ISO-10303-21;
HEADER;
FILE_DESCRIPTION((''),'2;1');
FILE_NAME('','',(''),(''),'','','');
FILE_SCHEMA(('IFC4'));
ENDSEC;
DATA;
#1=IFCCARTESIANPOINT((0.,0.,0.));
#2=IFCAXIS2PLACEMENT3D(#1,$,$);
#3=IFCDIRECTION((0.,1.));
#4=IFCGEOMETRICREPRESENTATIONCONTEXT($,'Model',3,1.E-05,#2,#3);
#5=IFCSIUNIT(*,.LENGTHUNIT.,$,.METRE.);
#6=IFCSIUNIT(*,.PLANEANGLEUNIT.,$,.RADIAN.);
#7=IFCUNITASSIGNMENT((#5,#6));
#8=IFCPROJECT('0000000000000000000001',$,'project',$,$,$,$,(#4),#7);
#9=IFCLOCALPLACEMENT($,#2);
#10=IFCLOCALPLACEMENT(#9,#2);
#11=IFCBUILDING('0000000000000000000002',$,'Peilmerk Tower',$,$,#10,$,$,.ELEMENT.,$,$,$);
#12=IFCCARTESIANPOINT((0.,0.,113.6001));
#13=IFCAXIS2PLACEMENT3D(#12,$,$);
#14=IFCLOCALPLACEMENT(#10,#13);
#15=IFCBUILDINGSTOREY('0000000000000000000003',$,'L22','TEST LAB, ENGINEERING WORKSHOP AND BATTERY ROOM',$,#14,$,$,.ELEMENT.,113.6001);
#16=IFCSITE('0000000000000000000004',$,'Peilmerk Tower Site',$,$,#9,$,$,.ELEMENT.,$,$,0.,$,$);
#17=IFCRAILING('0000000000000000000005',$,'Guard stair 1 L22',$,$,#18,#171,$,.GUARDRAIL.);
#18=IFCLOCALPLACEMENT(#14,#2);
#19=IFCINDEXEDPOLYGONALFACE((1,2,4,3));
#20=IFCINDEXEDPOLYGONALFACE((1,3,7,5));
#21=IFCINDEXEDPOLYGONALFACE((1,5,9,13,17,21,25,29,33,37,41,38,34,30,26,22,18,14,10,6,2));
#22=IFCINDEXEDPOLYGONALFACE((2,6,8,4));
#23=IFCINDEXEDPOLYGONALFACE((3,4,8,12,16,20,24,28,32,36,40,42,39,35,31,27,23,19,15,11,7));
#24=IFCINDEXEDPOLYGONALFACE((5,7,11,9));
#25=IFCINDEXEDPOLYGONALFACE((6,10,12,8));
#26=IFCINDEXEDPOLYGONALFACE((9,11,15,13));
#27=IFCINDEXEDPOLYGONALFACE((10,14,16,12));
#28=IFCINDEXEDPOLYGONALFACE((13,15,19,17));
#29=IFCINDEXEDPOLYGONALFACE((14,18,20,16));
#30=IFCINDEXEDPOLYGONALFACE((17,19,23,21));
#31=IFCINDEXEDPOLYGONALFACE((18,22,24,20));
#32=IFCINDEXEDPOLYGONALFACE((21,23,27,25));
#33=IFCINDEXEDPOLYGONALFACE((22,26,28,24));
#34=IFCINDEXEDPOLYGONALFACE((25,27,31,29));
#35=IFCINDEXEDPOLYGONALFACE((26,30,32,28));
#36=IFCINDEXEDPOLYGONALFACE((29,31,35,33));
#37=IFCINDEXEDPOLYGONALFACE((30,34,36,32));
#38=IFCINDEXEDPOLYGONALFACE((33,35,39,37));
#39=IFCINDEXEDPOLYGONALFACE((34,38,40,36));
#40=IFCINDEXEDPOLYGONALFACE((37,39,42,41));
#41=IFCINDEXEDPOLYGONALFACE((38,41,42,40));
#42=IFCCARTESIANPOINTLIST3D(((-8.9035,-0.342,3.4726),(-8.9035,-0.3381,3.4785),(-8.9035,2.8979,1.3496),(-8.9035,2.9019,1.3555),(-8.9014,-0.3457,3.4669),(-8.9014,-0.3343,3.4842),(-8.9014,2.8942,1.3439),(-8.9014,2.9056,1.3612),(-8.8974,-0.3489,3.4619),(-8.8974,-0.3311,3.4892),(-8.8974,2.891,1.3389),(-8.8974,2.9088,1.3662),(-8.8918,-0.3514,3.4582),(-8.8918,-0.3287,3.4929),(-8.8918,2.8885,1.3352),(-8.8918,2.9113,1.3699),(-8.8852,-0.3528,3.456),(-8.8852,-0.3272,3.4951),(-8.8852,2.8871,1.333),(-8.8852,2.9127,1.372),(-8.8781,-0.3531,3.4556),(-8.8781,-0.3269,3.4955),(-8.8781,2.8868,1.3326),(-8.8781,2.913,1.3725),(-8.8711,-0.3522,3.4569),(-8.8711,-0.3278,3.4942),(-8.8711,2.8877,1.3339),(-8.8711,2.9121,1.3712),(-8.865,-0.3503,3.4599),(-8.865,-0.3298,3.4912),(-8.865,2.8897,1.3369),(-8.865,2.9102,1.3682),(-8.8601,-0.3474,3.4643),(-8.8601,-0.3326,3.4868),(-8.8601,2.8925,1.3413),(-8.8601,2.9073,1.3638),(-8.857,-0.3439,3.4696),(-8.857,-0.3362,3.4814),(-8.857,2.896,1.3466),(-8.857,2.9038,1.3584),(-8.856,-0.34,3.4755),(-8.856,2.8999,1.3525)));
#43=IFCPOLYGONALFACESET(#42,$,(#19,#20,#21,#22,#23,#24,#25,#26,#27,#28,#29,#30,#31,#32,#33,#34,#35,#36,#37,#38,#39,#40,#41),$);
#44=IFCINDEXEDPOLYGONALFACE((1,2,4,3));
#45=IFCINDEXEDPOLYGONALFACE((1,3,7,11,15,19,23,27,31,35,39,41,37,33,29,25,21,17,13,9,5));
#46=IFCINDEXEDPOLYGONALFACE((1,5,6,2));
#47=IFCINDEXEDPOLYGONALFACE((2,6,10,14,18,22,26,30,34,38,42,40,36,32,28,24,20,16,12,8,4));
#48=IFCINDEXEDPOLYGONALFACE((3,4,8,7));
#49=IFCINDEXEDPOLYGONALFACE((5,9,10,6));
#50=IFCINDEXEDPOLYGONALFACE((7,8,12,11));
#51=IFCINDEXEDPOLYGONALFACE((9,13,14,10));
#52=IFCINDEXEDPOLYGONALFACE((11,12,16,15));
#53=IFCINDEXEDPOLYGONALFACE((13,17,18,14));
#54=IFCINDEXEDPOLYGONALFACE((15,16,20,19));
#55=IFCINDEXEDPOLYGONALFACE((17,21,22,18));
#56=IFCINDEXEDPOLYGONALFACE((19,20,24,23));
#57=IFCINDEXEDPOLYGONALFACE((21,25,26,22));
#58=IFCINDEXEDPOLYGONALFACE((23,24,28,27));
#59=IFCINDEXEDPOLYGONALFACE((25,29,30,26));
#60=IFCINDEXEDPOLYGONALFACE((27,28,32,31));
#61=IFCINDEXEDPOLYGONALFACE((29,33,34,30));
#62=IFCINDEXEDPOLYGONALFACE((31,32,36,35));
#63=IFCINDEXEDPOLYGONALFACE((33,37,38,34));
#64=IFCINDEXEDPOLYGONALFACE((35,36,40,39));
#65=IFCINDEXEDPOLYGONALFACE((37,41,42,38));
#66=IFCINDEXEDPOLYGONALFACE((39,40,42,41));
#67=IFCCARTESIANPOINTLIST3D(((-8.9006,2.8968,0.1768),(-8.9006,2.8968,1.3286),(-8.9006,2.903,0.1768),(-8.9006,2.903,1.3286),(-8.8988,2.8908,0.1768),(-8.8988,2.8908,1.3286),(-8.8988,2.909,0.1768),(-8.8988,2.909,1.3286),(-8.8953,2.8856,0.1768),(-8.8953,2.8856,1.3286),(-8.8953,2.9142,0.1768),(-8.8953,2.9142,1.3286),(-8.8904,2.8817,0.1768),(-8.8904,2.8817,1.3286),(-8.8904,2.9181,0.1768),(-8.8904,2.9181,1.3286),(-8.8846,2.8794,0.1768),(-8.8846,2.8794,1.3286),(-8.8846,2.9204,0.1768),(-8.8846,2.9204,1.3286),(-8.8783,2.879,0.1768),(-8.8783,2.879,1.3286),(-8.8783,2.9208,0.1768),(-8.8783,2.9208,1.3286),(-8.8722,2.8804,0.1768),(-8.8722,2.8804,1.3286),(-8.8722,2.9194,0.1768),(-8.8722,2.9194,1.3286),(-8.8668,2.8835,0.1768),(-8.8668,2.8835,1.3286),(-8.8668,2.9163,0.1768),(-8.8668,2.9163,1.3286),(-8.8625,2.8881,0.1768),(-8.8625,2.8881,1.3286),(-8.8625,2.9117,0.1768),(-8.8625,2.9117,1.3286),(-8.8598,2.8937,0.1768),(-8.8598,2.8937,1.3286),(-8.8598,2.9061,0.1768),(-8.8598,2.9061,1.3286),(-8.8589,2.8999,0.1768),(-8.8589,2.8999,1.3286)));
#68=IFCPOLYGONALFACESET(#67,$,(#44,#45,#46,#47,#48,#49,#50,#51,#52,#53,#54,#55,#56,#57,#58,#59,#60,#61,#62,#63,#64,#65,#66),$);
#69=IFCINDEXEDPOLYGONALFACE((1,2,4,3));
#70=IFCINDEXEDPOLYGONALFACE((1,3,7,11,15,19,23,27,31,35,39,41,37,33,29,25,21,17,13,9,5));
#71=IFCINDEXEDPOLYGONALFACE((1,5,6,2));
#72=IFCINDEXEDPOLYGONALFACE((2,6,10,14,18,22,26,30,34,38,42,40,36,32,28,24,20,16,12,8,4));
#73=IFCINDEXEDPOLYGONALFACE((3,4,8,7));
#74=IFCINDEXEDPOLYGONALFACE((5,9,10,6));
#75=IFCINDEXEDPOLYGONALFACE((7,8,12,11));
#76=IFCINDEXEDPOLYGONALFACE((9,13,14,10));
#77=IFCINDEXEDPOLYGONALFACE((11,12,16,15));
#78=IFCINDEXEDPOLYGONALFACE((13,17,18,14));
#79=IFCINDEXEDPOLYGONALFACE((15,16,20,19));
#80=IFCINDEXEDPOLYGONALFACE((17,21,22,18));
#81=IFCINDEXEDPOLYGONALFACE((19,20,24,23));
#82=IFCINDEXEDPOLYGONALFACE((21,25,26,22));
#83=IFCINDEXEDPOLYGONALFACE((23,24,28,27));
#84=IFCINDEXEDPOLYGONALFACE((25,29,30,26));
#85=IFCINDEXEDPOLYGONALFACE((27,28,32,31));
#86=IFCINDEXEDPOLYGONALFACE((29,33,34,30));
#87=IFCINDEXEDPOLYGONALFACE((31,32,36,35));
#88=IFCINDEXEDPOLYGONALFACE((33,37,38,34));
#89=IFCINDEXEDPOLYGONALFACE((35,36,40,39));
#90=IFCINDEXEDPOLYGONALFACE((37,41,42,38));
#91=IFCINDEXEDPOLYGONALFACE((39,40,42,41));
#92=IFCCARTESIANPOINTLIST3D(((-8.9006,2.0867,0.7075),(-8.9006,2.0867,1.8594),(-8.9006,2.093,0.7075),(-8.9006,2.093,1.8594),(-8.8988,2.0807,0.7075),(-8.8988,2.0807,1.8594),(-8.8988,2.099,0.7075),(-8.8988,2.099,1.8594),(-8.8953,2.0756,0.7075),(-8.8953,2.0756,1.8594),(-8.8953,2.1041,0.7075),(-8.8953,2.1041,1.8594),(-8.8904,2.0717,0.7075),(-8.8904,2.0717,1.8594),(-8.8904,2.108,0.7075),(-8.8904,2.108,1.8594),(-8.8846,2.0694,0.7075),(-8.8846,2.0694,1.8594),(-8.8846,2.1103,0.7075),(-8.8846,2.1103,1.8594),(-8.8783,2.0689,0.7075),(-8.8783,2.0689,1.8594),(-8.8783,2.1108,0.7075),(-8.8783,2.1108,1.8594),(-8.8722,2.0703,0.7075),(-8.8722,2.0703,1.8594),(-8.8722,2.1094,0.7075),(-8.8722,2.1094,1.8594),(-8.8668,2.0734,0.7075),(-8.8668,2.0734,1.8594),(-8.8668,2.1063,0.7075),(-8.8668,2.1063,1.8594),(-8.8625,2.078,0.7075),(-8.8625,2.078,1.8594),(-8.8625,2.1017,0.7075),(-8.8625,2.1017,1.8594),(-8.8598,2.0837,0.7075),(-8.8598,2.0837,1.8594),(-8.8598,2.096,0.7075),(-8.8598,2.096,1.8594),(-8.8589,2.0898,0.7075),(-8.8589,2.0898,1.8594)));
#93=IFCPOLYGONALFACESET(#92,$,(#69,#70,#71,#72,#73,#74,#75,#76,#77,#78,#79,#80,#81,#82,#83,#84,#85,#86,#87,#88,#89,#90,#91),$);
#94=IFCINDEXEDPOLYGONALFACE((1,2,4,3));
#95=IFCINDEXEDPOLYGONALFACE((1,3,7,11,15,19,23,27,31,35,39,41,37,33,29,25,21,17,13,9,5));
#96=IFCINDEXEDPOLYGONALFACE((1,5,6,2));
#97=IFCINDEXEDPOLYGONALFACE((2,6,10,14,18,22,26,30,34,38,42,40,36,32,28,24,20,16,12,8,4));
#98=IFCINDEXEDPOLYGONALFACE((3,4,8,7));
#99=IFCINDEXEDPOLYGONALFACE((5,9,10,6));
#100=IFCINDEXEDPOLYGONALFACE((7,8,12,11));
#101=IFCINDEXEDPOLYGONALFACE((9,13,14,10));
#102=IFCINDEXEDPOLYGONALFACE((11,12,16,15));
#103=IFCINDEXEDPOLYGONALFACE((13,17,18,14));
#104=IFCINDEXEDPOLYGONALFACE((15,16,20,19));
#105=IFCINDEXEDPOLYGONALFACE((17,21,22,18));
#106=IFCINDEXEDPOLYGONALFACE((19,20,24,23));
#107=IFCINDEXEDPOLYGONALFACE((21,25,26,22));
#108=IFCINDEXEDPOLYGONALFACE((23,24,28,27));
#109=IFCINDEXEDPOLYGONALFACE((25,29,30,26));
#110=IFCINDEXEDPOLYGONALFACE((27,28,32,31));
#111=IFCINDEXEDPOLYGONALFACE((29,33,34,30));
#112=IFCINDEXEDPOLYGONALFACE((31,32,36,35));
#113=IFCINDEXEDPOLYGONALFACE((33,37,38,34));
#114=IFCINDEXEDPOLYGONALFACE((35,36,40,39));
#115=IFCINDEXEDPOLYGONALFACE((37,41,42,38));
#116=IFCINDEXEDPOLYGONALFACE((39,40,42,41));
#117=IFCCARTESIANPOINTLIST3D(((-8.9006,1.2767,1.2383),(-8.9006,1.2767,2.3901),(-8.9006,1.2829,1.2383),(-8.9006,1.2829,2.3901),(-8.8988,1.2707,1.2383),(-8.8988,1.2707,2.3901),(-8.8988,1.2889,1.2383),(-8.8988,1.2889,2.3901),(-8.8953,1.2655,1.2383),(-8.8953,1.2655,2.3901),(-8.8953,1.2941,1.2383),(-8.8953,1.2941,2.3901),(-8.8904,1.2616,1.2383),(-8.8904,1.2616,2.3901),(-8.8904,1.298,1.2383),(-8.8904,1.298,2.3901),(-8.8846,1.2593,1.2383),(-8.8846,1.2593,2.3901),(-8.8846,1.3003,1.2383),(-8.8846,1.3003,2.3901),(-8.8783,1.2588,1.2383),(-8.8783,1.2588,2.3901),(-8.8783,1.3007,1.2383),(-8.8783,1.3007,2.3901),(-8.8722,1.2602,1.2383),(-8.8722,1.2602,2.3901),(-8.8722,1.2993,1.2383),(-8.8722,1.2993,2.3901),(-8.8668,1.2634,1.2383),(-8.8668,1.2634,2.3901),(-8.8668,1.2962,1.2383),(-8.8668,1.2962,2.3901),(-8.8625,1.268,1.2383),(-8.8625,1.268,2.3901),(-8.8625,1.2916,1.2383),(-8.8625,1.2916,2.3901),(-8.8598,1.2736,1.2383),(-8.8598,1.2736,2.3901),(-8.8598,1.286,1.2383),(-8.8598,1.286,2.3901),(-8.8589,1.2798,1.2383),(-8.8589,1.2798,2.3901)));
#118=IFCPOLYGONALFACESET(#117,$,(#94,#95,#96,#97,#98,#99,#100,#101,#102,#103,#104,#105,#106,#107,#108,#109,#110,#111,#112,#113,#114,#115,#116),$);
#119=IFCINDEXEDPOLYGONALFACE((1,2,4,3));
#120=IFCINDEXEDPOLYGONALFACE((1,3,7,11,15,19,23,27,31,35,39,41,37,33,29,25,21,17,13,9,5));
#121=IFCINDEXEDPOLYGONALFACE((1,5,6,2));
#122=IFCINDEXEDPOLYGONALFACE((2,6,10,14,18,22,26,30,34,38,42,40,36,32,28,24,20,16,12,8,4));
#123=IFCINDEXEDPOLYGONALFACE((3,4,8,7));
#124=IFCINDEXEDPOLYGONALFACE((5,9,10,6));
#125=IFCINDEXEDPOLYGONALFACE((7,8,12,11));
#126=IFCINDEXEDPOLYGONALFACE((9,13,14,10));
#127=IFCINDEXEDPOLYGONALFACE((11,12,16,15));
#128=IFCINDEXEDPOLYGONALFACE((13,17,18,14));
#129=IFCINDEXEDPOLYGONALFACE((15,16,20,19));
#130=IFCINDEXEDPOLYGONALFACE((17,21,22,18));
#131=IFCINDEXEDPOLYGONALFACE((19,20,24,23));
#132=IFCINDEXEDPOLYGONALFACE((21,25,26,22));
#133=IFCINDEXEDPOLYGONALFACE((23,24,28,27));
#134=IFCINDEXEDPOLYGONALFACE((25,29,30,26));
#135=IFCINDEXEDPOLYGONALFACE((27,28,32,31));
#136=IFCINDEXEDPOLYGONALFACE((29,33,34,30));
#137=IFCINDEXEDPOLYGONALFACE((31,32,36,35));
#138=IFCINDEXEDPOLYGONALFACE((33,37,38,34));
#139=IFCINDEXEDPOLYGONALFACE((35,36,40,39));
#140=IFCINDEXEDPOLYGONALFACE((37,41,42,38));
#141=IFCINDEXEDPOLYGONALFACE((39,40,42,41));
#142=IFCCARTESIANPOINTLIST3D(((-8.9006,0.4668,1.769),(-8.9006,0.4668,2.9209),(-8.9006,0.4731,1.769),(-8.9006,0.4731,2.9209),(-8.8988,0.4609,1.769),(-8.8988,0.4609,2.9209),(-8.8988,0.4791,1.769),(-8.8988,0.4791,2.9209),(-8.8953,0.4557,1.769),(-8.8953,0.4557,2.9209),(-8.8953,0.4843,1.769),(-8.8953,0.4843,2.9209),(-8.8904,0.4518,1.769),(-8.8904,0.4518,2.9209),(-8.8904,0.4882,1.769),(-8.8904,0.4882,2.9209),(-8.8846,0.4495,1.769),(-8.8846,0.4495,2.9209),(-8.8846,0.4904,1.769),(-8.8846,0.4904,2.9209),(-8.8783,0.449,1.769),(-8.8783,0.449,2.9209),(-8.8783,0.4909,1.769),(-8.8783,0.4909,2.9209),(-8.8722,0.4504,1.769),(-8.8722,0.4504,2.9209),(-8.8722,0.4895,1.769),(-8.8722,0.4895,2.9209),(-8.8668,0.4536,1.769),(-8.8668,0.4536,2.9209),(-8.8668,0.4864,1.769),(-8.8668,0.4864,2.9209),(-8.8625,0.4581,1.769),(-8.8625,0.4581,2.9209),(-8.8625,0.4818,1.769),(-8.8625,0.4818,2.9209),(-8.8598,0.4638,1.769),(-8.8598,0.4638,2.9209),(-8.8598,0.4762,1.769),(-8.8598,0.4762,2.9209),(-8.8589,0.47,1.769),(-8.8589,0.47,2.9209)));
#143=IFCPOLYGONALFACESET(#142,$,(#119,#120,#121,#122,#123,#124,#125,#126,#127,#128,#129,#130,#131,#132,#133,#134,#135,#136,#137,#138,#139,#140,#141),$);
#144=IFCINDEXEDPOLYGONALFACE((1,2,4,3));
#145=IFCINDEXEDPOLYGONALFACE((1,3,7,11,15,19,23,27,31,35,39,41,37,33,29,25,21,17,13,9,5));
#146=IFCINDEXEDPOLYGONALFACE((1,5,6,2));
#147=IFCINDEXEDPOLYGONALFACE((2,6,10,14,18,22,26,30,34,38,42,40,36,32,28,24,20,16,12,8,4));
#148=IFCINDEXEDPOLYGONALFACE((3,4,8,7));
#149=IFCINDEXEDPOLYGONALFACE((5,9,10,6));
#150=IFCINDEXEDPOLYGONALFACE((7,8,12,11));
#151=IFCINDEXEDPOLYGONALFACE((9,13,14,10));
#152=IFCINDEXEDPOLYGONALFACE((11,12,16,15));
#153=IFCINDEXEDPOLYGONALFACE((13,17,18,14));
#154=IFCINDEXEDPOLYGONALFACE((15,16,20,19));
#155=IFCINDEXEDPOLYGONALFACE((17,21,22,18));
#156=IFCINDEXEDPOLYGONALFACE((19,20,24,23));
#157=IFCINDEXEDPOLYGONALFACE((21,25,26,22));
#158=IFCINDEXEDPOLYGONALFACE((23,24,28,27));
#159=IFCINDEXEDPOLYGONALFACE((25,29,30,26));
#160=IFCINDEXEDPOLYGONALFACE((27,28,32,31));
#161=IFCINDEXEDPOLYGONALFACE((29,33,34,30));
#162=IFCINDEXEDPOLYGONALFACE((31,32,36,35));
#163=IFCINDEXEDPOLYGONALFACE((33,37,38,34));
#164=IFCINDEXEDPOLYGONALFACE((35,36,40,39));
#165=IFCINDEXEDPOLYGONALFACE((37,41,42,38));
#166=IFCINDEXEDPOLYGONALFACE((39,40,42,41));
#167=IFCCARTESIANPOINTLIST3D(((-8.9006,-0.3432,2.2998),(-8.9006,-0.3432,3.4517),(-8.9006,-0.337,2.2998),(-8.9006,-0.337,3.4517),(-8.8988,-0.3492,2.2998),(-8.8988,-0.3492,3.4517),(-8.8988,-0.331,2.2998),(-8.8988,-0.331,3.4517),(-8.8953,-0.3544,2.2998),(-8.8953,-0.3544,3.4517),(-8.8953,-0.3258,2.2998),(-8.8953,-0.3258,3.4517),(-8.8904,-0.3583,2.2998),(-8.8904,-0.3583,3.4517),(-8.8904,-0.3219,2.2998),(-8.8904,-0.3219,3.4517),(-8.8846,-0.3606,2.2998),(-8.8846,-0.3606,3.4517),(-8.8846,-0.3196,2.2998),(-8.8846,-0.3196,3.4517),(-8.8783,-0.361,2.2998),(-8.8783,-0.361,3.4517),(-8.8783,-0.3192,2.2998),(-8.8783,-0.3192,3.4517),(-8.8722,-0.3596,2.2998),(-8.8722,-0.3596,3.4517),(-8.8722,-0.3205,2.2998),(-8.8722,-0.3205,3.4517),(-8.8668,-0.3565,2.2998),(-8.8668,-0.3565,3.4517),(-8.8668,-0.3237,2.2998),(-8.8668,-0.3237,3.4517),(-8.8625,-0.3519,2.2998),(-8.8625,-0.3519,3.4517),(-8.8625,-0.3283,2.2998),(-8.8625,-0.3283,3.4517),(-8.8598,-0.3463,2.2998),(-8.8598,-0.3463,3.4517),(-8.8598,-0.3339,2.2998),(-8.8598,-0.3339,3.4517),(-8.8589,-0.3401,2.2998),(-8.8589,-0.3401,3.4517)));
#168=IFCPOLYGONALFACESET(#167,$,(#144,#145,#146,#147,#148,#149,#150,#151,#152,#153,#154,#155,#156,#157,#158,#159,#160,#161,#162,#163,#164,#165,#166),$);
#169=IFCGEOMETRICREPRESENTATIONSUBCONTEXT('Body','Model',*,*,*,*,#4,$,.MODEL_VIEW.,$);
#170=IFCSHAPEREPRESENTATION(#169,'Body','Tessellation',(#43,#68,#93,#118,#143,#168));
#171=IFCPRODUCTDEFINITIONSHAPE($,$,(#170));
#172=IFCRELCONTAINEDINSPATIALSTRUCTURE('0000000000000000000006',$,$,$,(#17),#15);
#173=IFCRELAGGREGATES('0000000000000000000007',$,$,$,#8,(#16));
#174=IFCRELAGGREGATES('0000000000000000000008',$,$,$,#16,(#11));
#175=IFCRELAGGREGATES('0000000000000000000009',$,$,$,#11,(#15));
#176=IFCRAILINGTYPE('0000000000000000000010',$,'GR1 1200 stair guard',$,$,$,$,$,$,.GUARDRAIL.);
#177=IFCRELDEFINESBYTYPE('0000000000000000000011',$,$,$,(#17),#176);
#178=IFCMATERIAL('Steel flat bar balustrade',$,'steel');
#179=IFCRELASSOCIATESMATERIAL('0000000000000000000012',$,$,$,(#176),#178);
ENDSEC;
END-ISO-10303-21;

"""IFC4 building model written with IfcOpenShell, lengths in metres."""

from ifc_helpers import new_model, si_unit, direction, frame, origin, origin_2d, place, context, subcontext, project, spatial, circle, extrude, material, type_object, element, save


model = new_model("IFC4")

# Units and contexts
model_context = context("Model", 3, precision=1e-05, world=origin(), true_north=direction((0.0, 1.0)))
body_context = subcontext(model_context, "Body", "Model", "MODEL_VIEW")
ifc_project = project(units=[si_unit("LENGTHUNIT", "METRE"), si_unit("PLANEANGLEUNIT", "RADIAN")], contexts=[model_context])

# Site, building, storey
site_placement = place(None, origin())
site = spatial("IfcSite", under=ifc_project, at=site_placement, Name="Peilmerk Tower Site", CompositionType="ELEMENT", RefElevation=0.0)
building_placement = place(site_placement, origin())
building = spatial("IfcBuilding", under=site, at=building_placement, Name="Peilmerk Tower", CompositionType="ELEMENT")
storey_placement = place(building_placement, frame((0.0, 0.0, 113.6001)))
storey = spatial("IfcBuildingStorey", under=building, at=storey_placement, Name="L22", Description="TEST LAB, ENGINEERING WORKSHOP AND BATTERY ROOM", CompositionType="ELEMENT", Elevation=113.6001)

# Railing
ifc_material_1 = material(Name="Steel flat bar balustrade", Category="steel")
railing_type_1 = type_object("IfcRailingType", Name="GR1 1200 stair guard", PredefinedType="GUARDRAIL", material=ifc_material_1)
railing_1_placement = place(storey_placement, frame((-8.8799, 2.8999, 0.1768)))
element("IfcRailing", 1, at=railing_1_placement, inside=storey, type_object=railing_type_1, Name="Guard stair 1 L22", PredefinedType="GUARDRAIL", context=body_context, shape_type="SweptSolid", body=[
    extrude(circle(Radius=0.0239, at=origin_2d()), frame((0.0, 0.0, 1.1758), z_axis=(0.0, -0.836426, 0.548079), x_axis=(1.0, 0.0, 0.0)), (0.0, 0.0, 1.0), 3.8735),
    extrude(circle(Radius=0.021, at=origin_2d()), origin(), (0.0, 0.0, 1.0), 1.1519),
    extrude(circle(Radius=0.021, at=origin_2d()), frame((0.0, -0.8101, 0.5308)), (0.0, 0.0, 1.0), 1.1519),
    extrude(circle(Radius=0.021, at=origin_2d()), frame((0.0, -1.6201, 1.0615)), (0.0, 0.0, 1.0), 1.1519),
    extrude(circle(Radius=0.021, at=origin_2d()), frame((0.0, -2.4299, 1.5923)), (0.0, 0.0, 1.0), 1.1519),
    extrude(circle(Radius=0.021, at=origin_2d()), frame((0.0, -3.24, 2.123)), (0.0, 0.0, 1.0), 1.1519),
])

save(model, "model.ifc")
